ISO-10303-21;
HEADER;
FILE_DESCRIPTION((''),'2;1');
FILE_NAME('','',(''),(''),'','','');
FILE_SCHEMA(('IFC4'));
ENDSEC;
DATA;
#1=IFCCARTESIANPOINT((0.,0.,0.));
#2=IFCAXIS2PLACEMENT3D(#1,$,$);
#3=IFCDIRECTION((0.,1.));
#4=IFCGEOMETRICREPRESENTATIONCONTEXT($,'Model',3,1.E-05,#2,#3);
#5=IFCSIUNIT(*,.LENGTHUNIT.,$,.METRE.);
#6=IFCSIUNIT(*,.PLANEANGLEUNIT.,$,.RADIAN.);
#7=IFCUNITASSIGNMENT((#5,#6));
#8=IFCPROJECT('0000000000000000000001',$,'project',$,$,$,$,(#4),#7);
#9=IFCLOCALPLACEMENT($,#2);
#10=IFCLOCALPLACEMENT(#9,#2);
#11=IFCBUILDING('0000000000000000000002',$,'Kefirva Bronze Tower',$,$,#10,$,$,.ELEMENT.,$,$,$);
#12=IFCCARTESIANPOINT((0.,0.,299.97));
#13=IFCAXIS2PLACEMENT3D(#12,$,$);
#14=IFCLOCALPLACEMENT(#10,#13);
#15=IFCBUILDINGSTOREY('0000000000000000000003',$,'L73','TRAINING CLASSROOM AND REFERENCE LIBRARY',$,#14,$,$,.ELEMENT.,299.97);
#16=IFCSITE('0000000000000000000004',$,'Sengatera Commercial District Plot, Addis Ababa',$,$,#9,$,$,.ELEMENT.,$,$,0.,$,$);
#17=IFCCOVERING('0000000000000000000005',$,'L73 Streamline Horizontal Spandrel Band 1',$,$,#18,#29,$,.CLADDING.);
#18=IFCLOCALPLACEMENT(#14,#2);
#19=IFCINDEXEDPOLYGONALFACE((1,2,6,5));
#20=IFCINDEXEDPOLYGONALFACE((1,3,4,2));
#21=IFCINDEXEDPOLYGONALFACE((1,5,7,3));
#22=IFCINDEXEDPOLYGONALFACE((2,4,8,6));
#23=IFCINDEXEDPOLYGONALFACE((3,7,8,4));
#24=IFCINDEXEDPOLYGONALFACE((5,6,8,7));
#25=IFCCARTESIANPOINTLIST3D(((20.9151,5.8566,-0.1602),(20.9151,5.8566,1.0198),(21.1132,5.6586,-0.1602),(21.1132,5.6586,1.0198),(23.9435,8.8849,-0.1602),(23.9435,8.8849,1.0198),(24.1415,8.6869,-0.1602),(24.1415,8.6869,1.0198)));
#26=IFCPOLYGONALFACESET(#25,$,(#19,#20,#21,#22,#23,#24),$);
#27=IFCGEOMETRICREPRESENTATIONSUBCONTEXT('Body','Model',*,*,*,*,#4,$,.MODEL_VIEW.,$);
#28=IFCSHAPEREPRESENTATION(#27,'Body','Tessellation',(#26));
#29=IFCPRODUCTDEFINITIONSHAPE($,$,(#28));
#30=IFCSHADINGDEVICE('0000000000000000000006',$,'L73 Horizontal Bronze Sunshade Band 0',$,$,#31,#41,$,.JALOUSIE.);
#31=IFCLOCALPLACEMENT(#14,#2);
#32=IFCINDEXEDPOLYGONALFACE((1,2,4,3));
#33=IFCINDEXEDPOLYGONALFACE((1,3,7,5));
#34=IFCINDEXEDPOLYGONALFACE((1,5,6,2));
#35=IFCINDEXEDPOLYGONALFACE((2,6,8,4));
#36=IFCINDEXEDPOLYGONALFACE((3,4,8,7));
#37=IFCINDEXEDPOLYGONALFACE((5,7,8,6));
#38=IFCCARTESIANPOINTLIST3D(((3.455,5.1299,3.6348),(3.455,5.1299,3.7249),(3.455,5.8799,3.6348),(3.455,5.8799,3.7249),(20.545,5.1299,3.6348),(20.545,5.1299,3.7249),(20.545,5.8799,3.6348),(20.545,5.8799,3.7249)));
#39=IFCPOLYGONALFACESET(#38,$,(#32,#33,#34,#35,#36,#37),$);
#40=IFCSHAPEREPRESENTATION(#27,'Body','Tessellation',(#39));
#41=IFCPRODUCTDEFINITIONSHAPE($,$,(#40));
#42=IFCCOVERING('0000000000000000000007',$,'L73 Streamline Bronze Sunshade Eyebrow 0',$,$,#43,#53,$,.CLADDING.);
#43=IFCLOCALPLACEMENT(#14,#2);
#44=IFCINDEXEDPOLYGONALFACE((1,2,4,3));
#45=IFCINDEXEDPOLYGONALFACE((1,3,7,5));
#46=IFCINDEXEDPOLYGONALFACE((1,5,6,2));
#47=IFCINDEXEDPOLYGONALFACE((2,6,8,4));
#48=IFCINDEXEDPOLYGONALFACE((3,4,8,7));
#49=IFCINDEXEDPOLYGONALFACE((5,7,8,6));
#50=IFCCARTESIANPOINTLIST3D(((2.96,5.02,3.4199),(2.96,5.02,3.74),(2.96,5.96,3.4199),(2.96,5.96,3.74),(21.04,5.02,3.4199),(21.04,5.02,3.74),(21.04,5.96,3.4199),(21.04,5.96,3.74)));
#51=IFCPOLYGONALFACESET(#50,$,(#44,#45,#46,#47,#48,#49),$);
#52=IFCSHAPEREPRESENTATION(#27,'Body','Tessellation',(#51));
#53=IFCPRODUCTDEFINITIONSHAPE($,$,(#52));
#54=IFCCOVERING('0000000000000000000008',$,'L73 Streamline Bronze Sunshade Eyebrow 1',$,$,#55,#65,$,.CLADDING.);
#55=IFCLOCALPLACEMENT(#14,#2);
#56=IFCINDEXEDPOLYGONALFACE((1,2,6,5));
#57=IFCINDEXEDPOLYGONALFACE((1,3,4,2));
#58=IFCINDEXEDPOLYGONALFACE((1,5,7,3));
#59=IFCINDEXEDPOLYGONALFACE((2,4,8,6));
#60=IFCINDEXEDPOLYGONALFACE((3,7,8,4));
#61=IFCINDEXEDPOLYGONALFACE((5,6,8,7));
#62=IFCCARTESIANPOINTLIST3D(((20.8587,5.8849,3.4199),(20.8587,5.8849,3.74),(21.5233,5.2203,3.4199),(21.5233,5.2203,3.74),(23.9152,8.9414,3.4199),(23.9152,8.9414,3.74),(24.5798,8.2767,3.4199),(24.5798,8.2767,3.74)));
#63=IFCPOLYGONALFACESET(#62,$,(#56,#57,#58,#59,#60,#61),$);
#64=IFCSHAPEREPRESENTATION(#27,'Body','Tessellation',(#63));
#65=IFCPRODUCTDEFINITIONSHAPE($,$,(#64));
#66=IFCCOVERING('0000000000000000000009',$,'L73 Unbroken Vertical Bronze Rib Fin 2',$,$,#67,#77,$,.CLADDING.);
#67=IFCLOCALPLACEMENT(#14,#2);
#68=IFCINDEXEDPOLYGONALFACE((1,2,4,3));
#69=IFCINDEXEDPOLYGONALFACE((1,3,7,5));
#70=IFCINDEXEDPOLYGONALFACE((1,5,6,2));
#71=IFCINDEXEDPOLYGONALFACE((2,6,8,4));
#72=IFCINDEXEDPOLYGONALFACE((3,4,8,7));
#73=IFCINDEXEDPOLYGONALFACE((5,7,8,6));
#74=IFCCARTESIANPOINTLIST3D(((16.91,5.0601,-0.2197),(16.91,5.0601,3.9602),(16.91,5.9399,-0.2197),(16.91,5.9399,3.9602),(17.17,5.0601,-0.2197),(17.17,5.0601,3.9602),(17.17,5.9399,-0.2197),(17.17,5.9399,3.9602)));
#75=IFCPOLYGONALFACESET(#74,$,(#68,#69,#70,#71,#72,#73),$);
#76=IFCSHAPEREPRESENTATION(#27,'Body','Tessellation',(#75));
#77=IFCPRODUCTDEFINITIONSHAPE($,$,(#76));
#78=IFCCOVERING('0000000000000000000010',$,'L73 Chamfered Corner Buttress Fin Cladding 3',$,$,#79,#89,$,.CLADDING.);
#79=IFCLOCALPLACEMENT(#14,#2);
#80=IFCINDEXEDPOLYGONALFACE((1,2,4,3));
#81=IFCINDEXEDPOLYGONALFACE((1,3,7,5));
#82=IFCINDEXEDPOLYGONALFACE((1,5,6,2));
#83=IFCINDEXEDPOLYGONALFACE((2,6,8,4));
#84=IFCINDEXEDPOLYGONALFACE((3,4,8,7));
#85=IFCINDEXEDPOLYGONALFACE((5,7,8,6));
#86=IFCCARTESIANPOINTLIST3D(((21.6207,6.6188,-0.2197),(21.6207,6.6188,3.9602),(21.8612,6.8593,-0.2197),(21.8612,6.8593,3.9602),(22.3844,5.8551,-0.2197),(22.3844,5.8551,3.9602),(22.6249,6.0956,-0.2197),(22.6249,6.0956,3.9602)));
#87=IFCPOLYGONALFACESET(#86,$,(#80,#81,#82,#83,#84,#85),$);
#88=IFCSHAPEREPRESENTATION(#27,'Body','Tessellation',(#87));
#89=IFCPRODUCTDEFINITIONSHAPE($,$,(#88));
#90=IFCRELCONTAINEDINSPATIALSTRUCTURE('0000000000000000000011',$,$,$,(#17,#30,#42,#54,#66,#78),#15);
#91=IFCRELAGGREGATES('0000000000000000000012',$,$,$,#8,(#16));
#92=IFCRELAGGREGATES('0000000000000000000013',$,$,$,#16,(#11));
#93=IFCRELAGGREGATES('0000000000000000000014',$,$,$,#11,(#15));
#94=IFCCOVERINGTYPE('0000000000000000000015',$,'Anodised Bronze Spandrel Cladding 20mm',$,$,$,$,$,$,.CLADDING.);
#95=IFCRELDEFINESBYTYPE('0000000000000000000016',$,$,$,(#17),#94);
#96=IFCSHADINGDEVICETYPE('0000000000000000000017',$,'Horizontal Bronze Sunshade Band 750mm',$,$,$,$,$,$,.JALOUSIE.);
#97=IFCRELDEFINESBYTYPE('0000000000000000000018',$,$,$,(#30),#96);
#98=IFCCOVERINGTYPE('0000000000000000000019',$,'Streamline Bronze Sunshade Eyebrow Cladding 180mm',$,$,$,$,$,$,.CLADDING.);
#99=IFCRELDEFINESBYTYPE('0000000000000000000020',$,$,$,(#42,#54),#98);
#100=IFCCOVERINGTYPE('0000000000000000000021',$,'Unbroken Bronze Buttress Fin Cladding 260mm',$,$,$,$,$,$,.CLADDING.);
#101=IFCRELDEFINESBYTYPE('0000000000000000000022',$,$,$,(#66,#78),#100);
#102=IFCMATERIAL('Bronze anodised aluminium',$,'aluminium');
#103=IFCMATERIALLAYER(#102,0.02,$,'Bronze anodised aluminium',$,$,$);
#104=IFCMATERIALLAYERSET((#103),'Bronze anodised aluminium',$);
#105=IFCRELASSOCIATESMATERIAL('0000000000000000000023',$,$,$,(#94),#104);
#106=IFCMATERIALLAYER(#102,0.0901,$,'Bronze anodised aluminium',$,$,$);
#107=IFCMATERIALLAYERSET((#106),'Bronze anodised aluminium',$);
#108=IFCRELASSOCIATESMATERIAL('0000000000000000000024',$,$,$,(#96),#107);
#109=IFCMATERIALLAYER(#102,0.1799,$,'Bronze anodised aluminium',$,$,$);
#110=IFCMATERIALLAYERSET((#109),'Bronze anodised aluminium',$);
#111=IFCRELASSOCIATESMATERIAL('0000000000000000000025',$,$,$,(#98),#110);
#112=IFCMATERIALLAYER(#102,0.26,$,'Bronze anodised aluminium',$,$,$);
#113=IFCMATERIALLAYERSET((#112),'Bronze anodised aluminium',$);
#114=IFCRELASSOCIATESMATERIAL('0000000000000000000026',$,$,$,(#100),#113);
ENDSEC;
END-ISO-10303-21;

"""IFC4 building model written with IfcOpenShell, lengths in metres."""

from ifc_helpers import new_model, si_unit, direction, frame, origin, origin_2d, place, context, subcontext, project, spatial, rectangle, extrude, material, layer, layer_set, type_object, element, save


model = new_model("IFC4")

# Units and contexts
model_context = context("Model", 3, precision=1e-05, world=origin(), true_north=direction((0.0, 1.0)))
body_context = subcontext(model_context, "Body", "Model", "MODEL_VIEW")
ifc_project = project(units=[si_unit("LENGTHUNIT", "METRE"), si_unit("PLANEANGLEUNIT", "RADIAN")], contexts=[model_context])

# Site, building, storey
site_placement = place(None, origin())
site = spatial("IfcSite", under=ifc_project, at=site_placement, Name="Sengatera Commercial District Plot, Addis Ababa", CompositionType="ELEMENT", RefElevation=0.0)
building_placement = place(site_placement, origin())
building = spatial("IfcBuilding", under=site, at=building_placement, Name="Kefirva Bronze Tower", CompositionType="ELEMENT")
storey_placement = place(building_placement, frame((0.0, 0.0, 299.97)))
storey = spatial("IfcBuildingStorey", under=building, at=storey_placement, Name="L73", Description="TRAINING CLASSROOM AND REFERENCE LIBRARY", CompositionType="ELEMENT", Elevation=299.97)

# Shared definitions
ifc_material_1 = material(Name="Bronze anodised aluminium", Category="aluminium")

# Covering
ifc_layer_1 = layer(ifc_material_1, 0.02, Name="Bronze anodised aluminium")
ifc_layer_set_1 = layer_set([ifc_layer_1], Name="Bronze anodised aluminium")
covering_type_1 = type_object("IfcCoveringType", Name="Anodised Bronze Spandrel Cladding 20mm", PredefinedType="CLADDING", material=ifc_layer_set_1)
covering_1_placement = place(storey_placement, frame((22.5283, 7.2717, -0.1602), z_axis=(0.0, 0.0, 1.0), x_axis=(0.707107, 0.707107, 0.0)))
element("IfcCovering", 1, at=covering_1_placement, inside=storey, type_object=covering_type_1, Name="L73 Streamline Horizontal Spandrel Band 1", PredefinedType="CLADDING", context=body_context, shape_type="SweptSolid", body=[
    extrude(rectangle(XDim=4.2827, YDim=0.28, at=origin_2d()), origin(), (0.0, 0.0, 1.0), 1.1799),
])

# Shading device
ifc_layer_2 = layer(ifc_material_1, 0.0901, Name="Bronze anodised aluminium")
ifc_layer_set_2 = layer_set([ifc_layer_2], Name="Bronze anodised aluminium")
shading_device_type = type_object("IfcShadingDeviceType", Name="Horizontal Bronze Sunshade Band 750mm", PredefinedType="JALOUSIE", material=ifc_layer_set_2)
shading_device_placement = place(storey_placement, frame((12.0, 5.5049, 3.6348), z_axis=(0.0, 0.0, 1.0), x_axis=(1.0, 0.0, 0.0)))
element("IfcShadingDevice", 2, at=shading_device_placement, inside=storey, type_object=shading_device_type, Name="L73 Horizontal Bronze Sunshade Band 0", PredefinedType="JALOUSIE", context=body_context, shape_type="SweptSolid", body=[
    extrude(rectangle(XDim=17.0901, YDim=0.75, at=origin_2d()), origin(), (0.0, 0.0, 1.0), 0.0901),
])

# Coverings
ifc_layer_3 = layer(ifc_material_1, 0.1799, Name="Bronze anodised aluminium")
ifc_layer_set_3 = layer_set([ifc_layer_3], Name="Bronze anodised aluminium")
covering_type_2 = type_object("IfcCoveringType", Name="Streamline Bronze Sunshade Eyebrow Cladding 180mm", PredefinedType="CLADDING", material=ifc_layer_set_3)
covering_2_placement = place(storey_placement, frame((12.0, 5.49, 3.4199), z_axis=(0.0, 0.0, 1.0), x_axis=(1.0, 0.0, 0.0)))
element("IfcCovering", 3, at=covering_2_placement, inside=storey, type_object=covering_type_2, Name="L73 Streamline Bronze Sunshade Eyebrow 0", PredefinedType="CLADDING", context=body_context, shape_type="SweptSolid", body=[
    extrude(rectangle(XDim=18.0801, YDim=0.9399, at=origin_2d()), origin(), (0.0, 0.0, 1.0), 0.3201),
])
covering_3_placement = place(storey_placement, frame((22.7192, 7.0808, 3.4199), z_axis=(0.0, 0.0, 1.0), x_axis=(0.707107, 0.707107, 0.0)))
element("IfcCovering", 4, at=covering_3_placement, inside=storey, type_object=covering_type_2, Name="L73 Streamline Bronze Sunshade Eyebrow 1", PredefinedType="CLADDING", context=body_context, shape_type="SweptSolid", body=[
    extrude(rectangle(XDim=4.3225, YDim=0.9399, at=origin_2d()), origin(), (0.0, 0.0, 1.0), 0.3201),
])
ifc_layer_4 = layer(ifc_material_1, 0.26, Name="Bronze anodised aluminium")
ifc_layer_set_4 = layer_set([ifc_layer_4], Name="Bronze anodised aluminium")
covering_type_3 = type_object("IfcCoveringType", Name="Unbroken Bronze Buttress Fin Cladding 260mm", PredefinedType="CLADDING", material=ifc_layer_set_4)
covering_4_placement = place(storey_placement, frame((17.04, 5.5, -0.2197), z_axis=(0.0, 0.0, 1.0), x_axis=(1.0, 0.0, 0.0)))
element("IfcCovering", 5, at=covering_4_placement, inside=storey, type_object=covering_type_3, Name="L73 Unbroken Vertical Bronze Rib Fin 2", PredefinedType="CLADDING", context=body_context, shape_type="SweptSolid", body=[
    extrude(rectangle(XDim=0.26, YDim=0.8799, at=origin_2d()), origin(), (0.0, 0.0, 1.0), 4.1799),
])
covering_5_placement = place(storey_placement, frame((22.1228, 6.3572, -0.2197), z_axis=(0.0, 0.0, 1.0), x_axis=(0.707107, 0.707107, 0.0)))
element("IfcCovering", 6, at=covering_5_placement, inside=storey, type_object=covering_type_3, Name="L73 Chamfered Corner Buttress Fin Cladding 3", PredefinedType="CLADDING", context=body_context, shape_type="SweptSolid", body=[
    extrude(rectangle(XDim=0.3401, YDim=1.0801, at=origin_2d()), origin(), (0.0, 0.0, 1.0), 4.1799),
])

save(model, "model.ifc")
